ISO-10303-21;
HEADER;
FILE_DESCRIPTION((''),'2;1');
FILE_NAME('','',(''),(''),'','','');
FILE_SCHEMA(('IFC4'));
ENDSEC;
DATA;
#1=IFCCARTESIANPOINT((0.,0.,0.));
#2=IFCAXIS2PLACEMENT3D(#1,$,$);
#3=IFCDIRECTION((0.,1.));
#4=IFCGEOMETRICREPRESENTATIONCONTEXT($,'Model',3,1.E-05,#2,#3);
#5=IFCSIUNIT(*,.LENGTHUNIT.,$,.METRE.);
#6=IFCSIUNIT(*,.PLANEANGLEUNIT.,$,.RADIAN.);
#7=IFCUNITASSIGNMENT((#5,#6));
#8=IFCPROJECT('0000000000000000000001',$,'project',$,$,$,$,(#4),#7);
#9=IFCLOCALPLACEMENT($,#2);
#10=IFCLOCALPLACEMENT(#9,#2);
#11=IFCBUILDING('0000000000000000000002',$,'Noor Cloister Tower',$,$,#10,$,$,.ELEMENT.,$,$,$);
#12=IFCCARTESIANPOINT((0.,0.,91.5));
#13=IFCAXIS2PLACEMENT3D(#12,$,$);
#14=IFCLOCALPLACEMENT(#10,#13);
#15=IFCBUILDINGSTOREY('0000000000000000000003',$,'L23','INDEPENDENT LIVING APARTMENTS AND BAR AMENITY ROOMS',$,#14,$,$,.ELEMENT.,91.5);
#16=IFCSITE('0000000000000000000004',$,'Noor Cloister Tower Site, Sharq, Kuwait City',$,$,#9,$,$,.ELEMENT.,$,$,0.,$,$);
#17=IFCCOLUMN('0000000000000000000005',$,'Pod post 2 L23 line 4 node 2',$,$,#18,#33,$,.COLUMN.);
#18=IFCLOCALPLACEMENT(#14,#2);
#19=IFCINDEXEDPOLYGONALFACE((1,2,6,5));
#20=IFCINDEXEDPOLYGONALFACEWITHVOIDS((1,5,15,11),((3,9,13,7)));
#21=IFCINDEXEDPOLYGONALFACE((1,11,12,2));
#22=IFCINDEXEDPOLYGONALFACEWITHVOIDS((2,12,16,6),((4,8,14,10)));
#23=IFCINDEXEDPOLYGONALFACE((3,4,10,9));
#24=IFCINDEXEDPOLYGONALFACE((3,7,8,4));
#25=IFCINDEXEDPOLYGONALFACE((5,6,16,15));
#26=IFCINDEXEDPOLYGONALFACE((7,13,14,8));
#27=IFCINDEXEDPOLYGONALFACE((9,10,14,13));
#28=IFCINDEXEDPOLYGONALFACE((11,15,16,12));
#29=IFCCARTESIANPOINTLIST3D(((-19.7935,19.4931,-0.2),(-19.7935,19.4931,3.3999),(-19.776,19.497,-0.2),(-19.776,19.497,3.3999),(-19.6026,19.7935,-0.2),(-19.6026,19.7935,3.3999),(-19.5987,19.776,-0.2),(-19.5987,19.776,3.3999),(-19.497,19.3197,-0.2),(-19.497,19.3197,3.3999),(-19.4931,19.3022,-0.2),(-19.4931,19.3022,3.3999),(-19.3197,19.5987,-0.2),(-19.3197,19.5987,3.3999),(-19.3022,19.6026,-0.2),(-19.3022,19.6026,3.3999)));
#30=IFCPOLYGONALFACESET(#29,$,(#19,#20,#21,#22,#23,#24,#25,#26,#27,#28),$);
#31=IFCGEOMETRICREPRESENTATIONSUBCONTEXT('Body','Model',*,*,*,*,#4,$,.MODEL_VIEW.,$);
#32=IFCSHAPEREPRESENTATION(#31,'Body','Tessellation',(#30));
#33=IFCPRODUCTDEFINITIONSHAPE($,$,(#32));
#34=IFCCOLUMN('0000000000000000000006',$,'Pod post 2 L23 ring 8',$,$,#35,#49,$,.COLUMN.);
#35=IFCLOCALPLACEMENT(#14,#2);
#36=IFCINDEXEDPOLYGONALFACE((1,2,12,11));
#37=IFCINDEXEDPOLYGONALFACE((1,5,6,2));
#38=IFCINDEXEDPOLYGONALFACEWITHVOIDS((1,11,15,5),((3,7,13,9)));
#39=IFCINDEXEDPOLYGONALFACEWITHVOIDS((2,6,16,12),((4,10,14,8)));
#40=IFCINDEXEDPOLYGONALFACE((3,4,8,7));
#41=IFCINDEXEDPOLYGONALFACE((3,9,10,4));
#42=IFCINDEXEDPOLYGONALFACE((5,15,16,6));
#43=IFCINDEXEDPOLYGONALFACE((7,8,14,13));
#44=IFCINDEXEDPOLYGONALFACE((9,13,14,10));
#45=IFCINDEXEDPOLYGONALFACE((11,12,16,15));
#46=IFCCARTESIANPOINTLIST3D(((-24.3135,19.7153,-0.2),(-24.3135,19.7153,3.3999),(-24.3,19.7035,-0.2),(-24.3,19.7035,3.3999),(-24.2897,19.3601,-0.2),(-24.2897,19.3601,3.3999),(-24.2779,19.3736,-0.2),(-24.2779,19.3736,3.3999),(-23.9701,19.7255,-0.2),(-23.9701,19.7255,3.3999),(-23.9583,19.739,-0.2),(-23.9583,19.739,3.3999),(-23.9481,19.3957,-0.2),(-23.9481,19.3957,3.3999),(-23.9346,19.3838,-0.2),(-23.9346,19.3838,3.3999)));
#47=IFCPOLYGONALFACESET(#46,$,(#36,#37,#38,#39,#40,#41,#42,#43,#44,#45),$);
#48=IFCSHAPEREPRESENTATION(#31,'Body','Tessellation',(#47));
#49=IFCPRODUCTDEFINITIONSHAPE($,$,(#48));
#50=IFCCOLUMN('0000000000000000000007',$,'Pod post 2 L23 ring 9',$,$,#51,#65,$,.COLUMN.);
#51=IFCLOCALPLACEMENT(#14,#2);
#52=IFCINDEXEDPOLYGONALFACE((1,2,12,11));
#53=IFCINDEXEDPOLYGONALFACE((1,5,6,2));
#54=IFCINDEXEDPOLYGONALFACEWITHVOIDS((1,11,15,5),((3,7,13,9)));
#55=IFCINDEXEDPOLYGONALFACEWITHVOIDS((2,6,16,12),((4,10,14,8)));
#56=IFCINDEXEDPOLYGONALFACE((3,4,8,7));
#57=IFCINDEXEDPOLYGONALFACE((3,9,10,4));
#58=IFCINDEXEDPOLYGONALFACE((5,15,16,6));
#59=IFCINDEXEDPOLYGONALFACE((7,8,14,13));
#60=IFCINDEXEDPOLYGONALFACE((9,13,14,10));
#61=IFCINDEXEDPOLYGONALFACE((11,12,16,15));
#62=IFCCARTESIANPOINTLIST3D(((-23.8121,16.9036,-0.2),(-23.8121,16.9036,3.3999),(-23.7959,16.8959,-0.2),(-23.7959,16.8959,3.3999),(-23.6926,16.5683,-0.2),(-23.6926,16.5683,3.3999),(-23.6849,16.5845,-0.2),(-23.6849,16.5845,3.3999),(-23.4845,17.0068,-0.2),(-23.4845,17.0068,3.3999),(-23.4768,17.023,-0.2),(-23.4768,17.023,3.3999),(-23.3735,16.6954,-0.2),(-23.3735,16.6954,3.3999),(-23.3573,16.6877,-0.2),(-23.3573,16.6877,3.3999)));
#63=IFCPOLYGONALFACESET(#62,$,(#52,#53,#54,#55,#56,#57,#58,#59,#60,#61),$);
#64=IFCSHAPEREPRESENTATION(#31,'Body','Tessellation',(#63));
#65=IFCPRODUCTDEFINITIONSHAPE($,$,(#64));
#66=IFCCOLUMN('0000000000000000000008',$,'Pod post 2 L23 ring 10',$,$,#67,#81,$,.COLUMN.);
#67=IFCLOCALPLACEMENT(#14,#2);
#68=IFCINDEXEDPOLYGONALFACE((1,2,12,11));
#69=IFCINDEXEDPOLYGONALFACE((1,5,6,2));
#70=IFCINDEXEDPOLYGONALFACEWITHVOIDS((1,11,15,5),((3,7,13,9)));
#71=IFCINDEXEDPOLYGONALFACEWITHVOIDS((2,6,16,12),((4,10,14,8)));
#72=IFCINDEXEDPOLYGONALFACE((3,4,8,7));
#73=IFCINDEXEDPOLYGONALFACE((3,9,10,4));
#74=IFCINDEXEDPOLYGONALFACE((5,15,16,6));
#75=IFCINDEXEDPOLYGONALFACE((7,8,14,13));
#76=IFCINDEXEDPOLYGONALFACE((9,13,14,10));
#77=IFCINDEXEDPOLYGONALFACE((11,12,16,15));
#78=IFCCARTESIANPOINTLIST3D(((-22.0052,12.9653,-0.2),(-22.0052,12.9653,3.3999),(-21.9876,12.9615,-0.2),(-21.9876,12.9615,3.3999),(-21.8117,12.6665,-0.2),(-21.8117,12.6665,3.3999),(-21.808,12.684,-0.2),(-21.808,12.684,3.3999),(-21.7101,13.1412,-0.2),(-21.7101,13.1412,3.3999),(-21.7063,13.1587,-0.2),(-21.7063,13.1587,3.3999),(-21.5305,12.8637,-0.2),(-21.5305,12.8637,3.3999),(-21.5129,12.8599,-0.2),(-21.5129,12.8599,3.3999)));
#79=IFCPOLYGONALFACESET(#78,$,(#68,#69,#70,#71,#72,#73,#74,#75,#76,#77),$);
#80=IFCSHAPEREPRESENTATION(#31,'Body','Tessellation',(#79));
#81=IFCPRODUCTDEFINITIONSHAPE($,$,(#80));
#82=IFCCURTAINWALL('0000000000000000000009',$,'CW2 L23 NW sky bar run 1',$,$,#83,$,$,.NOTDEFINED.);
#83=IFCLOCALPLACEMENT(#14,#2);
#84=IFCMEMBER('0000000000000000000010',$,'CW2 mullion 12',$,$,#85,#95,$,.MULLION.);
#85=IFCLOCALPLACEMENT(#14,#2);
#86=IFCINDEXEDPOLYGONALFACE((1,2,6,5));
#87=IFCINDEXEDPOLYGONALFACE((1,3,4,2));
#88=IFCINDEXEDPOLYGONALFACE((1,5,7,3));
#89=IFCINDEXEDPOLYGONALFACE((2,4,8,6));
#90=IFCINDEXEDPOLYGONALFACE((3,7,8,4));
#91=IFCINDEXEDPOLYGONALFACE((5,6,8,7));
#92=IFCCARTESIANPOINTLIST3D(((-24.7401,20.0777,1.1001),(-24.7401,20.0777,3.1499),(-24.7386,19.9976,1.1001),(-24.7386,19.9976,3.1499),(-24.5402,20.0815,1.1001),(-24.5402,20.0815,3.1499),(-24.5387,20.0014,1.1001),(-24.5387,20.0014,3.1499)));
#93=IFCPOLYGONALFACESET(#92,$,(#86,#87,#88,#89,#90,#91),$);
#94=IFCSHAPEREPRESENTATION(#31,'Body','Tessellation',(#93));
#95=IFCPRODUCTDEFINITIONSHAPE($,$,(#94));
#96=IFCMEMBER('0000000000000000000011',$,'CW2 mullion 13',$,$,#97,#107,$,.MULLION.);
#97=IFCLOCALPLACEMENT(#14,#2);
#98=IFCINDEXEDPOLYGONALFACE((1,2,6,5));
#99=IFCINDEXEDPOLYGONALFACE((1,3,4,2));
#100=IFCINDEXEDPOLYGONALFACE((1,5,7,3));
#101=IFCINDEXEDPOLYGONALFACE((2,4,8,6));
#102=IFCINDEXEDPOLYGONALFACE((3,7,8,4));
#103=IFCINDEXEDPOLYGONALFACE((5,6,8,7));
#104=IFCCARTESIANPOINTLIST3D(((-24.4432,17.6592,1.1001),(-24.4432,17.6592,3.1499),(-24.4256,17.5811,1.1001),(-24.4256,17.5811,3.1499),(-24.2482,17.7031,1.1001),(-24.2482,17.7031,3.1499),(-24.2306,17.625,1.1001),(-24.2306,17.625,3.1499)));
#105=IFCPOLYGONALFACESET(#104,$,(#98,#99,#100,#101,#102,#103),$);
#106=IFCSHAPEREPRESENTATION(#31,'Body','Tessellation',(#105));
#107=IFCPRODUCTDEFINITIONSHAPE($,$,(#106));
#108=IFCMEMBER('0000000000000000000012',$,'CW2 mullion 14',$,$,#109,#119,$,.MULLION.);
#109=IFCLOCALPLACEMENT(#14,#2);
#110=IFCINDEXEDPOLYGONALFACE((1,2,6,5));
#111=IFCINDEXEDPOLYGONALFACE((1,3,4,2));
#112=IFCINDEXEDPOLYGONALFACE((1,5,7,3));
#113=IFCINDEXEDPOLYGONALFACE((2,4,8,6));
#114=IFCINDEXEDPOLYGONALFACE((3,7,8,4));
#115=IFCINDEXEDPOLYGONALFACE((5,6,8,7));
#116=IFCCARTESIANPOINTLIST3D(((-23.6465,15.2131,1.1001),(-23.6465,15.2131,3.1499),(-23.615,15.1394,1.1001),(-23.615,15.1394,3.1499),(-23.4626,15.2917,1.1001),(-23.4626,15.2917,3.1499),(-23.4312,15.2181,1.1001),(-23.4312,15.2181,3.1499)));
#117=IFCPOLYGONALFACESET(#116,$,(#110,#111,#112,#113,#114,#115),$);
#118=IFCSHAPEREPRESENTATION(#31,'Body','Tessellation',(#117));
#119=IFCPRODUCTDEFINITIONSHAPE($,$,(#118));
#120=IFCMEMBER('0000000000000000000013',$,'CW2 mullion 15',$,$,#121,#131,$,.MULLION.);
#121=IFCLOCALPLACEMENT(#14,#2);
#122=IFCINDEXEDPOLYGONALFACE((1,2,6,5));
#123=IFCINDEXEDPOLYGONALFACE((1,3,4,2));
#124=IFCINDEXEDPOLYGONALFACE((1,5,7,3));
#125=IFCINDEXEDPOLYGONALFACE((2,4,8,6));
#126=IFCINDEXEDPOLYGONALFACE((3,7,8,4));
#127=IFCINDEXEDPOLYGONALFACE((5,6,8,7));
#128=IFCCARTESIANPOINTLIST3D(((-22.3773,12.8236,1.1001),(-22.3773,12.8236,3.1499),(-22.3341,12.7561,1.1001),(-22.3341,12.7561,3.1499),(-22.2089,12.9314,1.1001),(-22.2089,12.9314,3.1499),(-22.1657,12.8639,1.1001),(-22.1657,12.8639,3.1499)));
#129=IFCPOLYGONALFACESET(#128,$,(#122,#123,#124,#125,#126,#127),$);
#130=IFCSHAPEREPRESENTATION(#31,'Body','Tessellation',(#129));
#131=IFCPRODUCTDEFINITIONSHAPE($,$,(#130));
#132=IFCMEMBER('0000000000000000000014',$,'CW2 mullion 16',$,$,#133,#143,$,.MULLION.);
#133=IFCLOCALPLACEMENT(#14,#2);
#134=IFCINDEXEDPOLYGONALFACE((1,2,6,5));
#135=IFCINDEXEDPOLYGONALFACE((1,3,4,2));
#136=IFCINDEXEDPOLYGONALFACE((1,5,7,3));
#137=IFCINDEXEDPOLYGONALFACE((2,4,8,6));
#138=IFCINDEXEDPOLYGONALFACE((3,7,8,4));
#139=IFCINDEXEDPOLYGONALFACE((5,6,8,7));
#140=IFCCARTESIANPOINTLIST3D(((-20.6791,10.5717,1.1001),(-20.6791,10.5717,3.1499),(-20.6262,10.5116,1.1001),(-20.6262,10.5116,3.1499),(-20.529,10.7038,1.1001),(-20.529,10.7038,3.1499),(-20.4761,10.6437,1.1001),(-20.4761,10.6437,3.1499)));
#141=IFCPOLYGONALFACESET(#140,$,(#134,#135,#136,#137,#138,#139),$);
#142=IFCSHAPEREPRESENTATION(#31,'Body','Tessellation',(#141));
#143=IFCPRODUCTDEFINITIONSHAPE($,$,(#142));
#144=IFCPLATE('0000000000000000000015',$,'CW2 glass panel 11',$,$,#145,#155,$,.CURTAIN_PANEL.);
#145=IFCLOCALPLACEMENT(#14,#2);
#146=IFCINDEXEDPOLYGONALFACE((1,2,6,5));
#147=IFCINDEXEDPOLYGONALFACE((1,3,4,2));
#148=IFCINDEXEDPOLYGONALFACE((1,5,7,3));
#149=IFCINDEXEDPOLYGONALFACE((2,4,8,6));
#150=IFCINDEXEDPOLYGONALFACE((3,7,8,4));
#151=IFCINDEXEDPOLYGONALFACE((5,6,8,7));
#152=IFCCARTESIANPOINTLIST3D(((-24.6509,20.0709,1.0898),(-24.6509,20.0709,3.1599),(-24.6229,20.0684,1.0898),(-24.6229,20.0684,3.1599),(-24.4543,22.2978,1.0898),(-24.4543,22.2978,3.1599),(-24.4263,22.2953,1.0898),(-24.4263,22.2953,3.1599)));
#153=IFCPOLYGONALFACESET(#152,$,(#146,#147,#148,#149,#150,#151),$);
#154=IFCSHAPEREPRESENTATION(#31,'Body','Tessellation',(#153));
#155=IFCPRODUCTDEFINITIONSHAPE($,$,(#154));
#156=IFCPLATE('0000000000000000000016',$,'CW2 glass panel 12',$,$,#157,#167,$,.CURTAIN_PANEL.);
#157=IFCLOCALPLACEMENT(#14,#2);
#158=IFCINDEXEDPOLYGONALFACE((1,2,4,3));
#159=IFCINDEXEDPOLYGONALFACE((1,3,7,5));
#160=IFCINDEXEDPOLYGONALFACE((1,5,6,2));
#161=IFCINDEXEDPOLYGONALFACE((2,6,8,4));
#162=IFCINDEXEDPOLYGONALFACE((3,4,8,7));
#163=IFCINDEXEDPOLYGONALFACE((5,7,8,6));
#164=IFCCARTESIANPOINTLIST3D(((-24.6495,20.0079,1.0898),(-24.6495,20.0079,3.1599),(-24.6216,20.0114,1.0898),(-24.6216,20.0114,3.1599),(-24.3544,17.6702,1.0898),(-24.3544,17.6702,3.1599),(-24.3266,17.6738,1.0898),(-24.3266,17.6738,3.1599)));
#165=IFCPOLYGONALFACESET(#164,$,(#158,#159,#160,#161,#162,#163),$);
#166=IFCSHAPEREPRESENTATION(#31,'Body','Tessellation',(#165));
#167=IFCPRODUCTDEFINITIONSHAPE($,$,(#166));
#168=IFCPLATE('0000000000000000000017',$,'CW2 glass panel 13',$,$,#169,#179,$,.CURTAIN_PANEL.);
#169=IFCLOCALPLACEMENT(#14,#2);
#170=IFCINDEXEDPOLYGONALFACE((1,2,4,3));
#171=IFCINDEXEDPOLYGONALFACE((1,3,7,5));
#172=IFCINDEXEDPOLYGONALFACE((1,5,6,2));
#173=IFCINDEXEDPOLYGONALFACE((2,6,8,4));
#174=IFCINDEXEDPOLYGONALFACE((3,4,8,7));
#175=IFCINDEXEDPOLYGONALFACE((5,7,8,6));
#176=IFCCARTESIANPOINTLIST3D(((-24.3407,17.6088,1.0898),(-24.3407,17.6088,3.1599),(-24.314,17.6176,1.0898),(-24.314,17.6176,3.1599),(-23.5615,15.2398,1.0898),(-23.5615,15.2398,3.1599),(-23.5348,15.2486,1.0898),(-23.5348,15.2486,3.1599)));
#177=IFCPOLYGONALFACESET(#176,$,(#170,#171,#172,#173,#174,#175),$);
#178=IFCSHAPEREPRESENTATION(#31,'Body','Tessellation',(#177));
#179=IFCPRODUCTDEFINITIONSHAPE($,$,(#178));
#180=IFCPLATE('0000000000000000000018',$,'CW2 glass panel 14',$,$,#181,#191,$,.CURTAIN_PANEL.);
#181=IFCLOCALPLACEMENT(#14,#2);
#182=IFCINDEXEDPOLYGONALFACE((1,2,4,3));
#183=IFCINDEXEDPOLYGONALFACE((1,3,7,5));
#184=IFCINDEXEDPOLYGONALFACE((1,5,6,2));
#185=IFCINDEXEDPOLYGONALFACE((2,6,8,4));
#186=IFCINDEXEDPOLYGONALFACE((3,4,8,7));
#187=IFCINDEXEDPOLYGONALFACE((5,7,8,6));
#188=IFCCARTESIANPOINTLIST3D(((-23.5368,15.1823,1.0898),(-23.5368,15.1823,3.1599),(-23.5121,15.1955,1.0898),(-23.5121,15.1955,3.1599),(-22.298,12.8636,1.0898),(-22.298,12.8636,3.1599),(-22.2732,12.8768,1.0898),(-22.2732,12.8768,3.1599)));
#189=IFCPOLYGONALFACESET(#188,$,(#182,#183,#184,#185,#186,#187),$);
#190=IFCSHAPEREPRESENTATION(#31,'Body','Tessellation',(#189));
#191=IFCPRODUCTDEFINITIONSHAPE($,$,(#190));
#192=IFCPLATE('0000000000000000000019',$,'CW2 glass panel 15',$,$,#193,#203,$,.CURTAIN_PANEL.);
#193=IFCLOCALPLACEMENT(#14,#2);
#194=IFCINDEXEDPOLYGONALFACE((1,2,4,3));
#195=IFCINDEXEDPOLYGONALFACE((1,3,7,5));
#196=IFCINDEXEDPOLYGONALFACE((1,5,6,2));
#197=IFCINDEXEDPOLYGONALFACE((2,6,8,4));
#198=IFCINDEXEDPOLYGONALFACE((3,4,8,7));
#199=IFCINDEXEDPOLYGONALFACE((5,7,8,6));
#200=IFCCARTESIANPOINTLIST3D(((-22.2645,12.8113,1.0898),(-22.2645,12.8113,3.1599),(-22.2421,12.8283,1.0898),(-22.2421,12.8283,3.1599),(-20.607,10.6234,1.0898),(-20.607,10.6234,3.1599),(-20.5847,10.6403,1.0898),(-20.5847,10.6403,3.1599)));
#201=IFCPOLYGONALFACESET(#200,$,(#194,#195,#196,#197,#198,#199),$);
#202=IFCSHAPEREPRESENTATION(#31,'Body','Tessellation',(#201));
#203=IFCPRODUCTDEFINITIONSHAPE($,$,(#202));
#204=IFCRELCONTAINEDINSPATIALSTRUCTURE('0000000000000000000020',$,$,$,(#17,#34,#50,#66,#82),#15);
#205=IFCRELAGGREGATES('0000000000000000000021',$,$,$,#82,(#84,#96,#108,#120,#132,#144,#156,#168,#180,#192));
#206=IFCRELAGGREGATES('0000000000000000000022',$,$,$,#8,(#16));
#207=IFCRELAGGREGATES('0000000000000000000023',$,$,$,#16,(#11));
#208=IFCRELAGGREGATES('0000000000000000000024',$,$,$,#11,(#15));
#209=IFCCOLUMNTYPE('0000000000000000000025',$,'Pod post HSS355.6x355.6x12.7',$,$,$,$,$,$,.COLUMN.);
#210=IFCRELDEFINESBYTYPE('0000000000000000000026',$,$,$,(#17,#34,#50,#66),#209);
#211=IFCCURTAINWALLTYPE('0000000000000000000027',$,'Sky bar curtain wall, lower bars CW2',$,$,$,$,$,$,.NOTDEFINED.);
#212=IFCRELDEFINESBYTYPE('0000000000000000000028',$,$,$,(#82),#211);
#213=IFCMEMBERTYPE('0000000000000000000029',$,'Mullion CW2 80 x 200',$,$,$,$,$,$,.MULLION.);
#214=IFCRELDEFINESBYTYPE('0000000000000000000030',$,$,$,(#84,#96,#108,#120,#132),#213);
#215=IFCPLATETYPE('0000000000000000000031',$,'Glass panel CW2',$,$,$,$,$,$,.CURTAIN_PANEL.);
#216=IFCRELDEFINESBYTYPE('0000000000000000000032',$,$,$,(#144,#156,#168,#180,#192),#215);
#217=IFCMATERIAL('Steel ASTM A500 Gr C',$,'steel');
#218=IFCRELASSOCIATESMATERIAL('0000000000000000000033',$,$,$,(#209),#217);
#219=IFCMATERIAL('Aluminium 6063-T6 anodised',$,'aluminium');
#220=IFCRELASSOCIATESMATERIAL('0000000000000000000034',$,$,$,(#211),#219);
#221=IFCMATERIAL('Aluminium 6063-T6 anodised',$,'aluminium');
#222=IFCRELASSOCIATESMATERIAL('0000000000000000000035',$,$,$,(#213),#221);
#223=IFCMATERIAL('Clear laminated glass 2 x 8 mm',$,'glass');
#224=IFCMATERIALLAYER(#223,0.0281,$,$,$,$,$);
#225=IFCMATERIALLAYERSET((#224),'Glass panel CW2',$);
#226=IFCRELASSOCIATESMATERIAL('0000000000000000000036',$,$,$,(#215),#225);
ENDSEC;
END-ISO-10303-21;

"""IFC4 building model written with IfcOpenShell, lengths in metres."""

from ifc_helpers import new_model, si_unit, direction, frame, origin, origin_2d, place, context, subcontext, project, spatial, rectangle, hollow_rectangle, extrude, material, layer, layer_set, material_profile, profile_set, type_object, element, aggregate, save


model = new_model("IFC4")

# Units and contexts
model_context = context("Model", 3, precision=1e-05, world=origin(), true_north=direction((0.0, 1.0)))
body_context = subcontext(model_context, "Body", "Model", "MODEL_VIEW")
ifc_project = project(units=[si_unit("LENGTHUNIT", "METRE"), si_unit("PLANEANGLEUNIT", "RADIAN")], contexts=[model_context])

# Site, building, storey
site_placement = place(None, origin())
site = spatial("IfcSite", under=ifc_project, at=site_placement, Name="Noor Cloister Tower Site, Sharq, Kuwait City", CompositionType="ELEMENT", RefElevation=0.0)
building_placement = place(site_placement, origin())
building = spatial("IfcBuilding", under=site, at=building_placement, Name="Noor Cloister Tower", CompositionType="ELEMENT")
storey_placement = place(building_placement, frame((0.0, 0.0, 91.5)))
storey = spatial("IfcBuildingStorey", under=building, at=storey_placement, Name="L23", Description="INDEPENDENT LIVING APARTMENTS AND BAR AMENITY ROOMS", CompositionType="ELEMENT", Elevation=91.5)

# Columns
ifc_material_1 = material(Name="Steel ASTM A500 Gr C", Category="steel")
ifc_material_profile_1 = material_profile(ifc_material_1, hollow_rectangle(XDim=0.356, YDim=0.356, WallThickness=0.0127, at=origin_2d()), Name="HSS355.6x355.6x12.7")
ifc_profile_set_1 = profile_set([ifc_material_profile_1], Name="Steel ASTM A500 Gr C")
column_type = type_object("IfcColumnType", Name="Pod post HSS355.6x355.6x12.7", PredefinedType="COLUMN", material=ifc_profile_set_1)
for number, where, z_axis, x_axis, name in (
    (1, (-19.5479, 19.5479, -0.2), (0.0, 0.0, 1.0), (-0.843996, 0.53635, 0.0), "Pod post 2 L23 line 4 node 2"),
    (2, (-24.124, 19.5496, -0.2), (0.0, 0.0, 1.0), (0.066691, -0.997774, 0.0), "Pod post 2 L23 ring 8"),
    (3, (-23.5847, 16.7957, -0.2), (0.0, 0.0, 1.0), (0.335654, -0.941985, 0.0), "Pod post 2 L23 ring 9"),
    (4, (-21.759, 12.9126, -0.2), (0.0, 0.0, 1.0), (0.543434, -0.839452, 0.0), "Pod post 2 L23 ring 10"),
):
    element("IfcColumn", number, at=place(storey_placement, frame(where, z_axis=z_axis, x_axis=x_axis)), inside=storey, type_object=column_type, Name=name, PredefinedType="COLUMN", context=body_context, shape_type="SweptSolid", body=[
        extrude(hollow_rectangle(XDim=0.356, YDim=0.356, WallThickness=0.0127, at=origin_2d()), origin(), (0.0, 0.0, 1.0), 3.5999),
    ])

# Curtain wall, members, plates
ifc_material_2 = material(Name="Aluminium 6063-T6 anodised", Category="aluminium")
curtain_wall_type = type_object("IfcCurtainWallType", Name="Sky bar curtain wall, lower bars CW2", PredefinedType="NOTDEFINED", material=ifc_material_2)
curtain_wall_placement = place(storey_placement, origin())
curtain_wall = element("IfcCurtainWall", 5, at=curtain_wall_placement, inside=storey, type_object=curtain_wall_type, Name="CW2 L23 NW sky bar run 1", PredefinedType="NOTDEFINED")
ifc_material_3 = material(Name="Aluminium 6063-T6 anodised", Category="aluminium")
ifc_material_profile_2 = material_profile(ifc_material_3, rectangle(XDim=0.2, YDim=0.0801, at=origin_2d()), Name="200 x 80 mullion")
ifc_profile_set_2 = profile_set([ifc_material_profile_2], Name="Aluminium 6063-T6 anodised")
member_type = type_object("IfcMemberType", Name="Mullion CW2 80 x 200", PredefinedType="MULLION", material=ifc_profile_set_2)
member_1_placement = place(storey_placement, frame((-24.6394, 20.0396, 1.1001), z_axis=(0.0, 0.0, 1.0), x_axis=(0.999824, 0.018753, 0.0)))
member_1 = element("IfcMember", 6, at=member_1_placement, type_object=member_type, Name="CW2 mullion 12", PredefinedType="MULLION", context=body_context, shape_type="SweptSolid", body=[
    extrude(rectangle(XDim=0.2, YDim=0.0801, at=origin_2d()), origin(), (0.0, 0.0, 1.0), 2.0498),
])
member_2_placement = place(storey_placement, frame((-24.3369, 17.6421, 1.1001), z_axis=(0.0, 0.0, 1.0), x_axis=(0.975532, 0.219857, 0.0)))
member_2 = element("IfcMember", 7, at=member_2_placement, type_object=member_type, Name="CW2 mullion 13", PredefinedType="MULLION", context=body_context, shape_type="SweptSolid", body=[
    extrude(rectangle(XDim=0.2, YDim=0.0801, at=origin_2d()), origin(), (0.0, 0.0, 1.0), 2.0498),
])
member_3_placement = place(storey_placement, frame((-23.5388, 15.2156, 1.1001), z_axis=(0.0, 0.0, 1.0), x_axis=(0.919403, 0.393317, 0.0)))
member_3 = element("IfcMember", 8, at=member_3_placement, type_object=member_type, Name="CW2 mullion 14", PredefinedType="MULLION", context=body_context, shape_type="SweptSolid", body=[
    extrude(rectangle(XDim=0.2, YDim=0.0801, at=origin_2d()), origin(), (0.0, 0.0, 1.0), 2.0498),
])
member_4_placement = place(storey_placement, frame((-22.2715, 12.8438, 1.1001), z_axis=(0.0, 0.0, 1.0), x_axis=(0.842174, 0.539205, 0.0)))
member_4 = element("IfcMember", 9, at=member_4_placement, type_object=member_type, Name="CW2 mullion 15", PredefinedType="MULLION", context=body_context, shape_type="SweptSolid", body=[
    extrude(rectangle(XDim=0.2, YDim=0.0801, at=origin_2d()), origin(), (0.0, 0.0, 1.0), 2.0498),
])
member_5_placement = place(storey_placement, frame((-20.5776, 10.6077, 1.1001), z_axis=(0.0, 0.0, 1.0), x_axis=(0.750692, 0.660652, 0.0)))
member_5 = element("IfcMember", 10, at=member_5_placement, type_object=member_type, Name="CW2 mullion 16", PredefinedType="MULLION", context=body_context, shape_type="SweptSolid", body=[
    extrude(rectangle(XDim=0.2, YDim=0.0801, at=origin_2d()), origin(), (0.0, 0.0, 1.0), 2.0498),
])
ifc_material_4 = material(Name="Clear laminated glass 2 x 8 mm", Category="glass")
ifc_layer_1 = layer(ifc_material_4, 0.0281)
ifc_layer_set_1 = layer_set([ifc_layer_1], Name="Glass panel CW2")
plate_type = type_object("IfcPlateType", Name="Glass panel CW2", PredefinedType="CURTAIN_PANEL", material=ifc_layer_set_1)
plate_1_placement = place(storey_placement, frame((-24.5386, 21.1831, 1.0898), z_axis=(0.0, 0.0, 1.0), x_axis=(-0.087935, -0.996126, 0.0)))
plate_1 = element("IfcPlate", 11, at=plate_1_placement, type_object=plate_type, Name="CW2 glass panel 11", PredefinedType="CURTAIN_PANEL", context=body_context, shape_type="SweptSolid", body=[
    extrude(rectangle(XDim=2.2356, YDim=0.0281, at=origin_2d()), origin(), (0.0, 0.0, 1.0), 2.0701),
])
plate_2_placement = place(storey_placement, frame((-24.488, 18.8408, 1.0898), z_axis=(0.0, 0.0, 1.0), x_axis=(0.125227, -0.992128, 0.0)))
plate_2 = element("IfcPlate", 12, at=plate_2_placement, type_object=plate_type, Name="CW2 glass panel 12", PredefinedType="CURTAIN_PANEL", context=body_context, shape_type="SweptSolid", body=[
    extrude(rectangle(XDim=2.3562, YDim=0.0281, at=origin_2d()), origin(), (0.0, 0.0, 1.0), 2.0701),
])
plate_3_placement = place(storey_placement, frame((-23.9377, 16.4287, 1.0898), z_axis=(0.0, 0.0, 1.0), x_axis=(0.312457, -0.949932, 0.0)))
plate_3 = element("IfcPlate", 13, at=plate_3_placement, type_object=plate_type, Name="CW2 glass panel 13", PredefinedType="CURTAIN_PANEL", context=body_context, shape_type="SweptSolid", body=[
    extrude(rectangle(XDim=2.4939, YDim=0.0281, at=origin_2d()), origin(), (0.0, 0.0, 1.0), 2.0701),
])
plate_4_placement = place(storey_placement, frame((-22.905, 14.0295, 1.0898), z_axis=(0.0, 0.0, 1.0), x_axis=(0.471239, -0.882006, 0.0)))
plate_4 = element("IfcPlate", 14, at=plate_4_placement, type_object=plate_type, Name="CW2 glass panel 14", PredefinedType="CURTAIN_PANEL", context=body_context, shape_type="SweptSolid", body=[
    extrude(rectangle(XDim=2.6289, YDim=0.0281, at=origin_2d()), origin(), (0.0, 0.0, 1.0), 2.0701),
])
plate_5_placement = place(storey_placement, frame((-21.4246, 11.7258, 1.0898), z_axis=(0.0, 0.0, 1.0), x_axis=(0.603826, -0.797116, 0.0)))
plate_5 = element("IfcPlate", 15, at=plate_5_placement, type_object=plate_type, Name="CW2 glass panel 15", PredefinedType="CURTAIN_PANEL", context=body_context, shape_type="SweptSolid", body=[
    extrude(rectangle(XDim=2.7449, YDim=0.0281, at=origin_2d()), origin(), (0.0, 0.0, 1.0), 2.0701),
])
aggregate(curtain_wall, [member_1, member_2, member_3, member_4, member_5, plate_1, plate_2, plate_3, plate_4, plate_5])

save(model, "model.ifc")
